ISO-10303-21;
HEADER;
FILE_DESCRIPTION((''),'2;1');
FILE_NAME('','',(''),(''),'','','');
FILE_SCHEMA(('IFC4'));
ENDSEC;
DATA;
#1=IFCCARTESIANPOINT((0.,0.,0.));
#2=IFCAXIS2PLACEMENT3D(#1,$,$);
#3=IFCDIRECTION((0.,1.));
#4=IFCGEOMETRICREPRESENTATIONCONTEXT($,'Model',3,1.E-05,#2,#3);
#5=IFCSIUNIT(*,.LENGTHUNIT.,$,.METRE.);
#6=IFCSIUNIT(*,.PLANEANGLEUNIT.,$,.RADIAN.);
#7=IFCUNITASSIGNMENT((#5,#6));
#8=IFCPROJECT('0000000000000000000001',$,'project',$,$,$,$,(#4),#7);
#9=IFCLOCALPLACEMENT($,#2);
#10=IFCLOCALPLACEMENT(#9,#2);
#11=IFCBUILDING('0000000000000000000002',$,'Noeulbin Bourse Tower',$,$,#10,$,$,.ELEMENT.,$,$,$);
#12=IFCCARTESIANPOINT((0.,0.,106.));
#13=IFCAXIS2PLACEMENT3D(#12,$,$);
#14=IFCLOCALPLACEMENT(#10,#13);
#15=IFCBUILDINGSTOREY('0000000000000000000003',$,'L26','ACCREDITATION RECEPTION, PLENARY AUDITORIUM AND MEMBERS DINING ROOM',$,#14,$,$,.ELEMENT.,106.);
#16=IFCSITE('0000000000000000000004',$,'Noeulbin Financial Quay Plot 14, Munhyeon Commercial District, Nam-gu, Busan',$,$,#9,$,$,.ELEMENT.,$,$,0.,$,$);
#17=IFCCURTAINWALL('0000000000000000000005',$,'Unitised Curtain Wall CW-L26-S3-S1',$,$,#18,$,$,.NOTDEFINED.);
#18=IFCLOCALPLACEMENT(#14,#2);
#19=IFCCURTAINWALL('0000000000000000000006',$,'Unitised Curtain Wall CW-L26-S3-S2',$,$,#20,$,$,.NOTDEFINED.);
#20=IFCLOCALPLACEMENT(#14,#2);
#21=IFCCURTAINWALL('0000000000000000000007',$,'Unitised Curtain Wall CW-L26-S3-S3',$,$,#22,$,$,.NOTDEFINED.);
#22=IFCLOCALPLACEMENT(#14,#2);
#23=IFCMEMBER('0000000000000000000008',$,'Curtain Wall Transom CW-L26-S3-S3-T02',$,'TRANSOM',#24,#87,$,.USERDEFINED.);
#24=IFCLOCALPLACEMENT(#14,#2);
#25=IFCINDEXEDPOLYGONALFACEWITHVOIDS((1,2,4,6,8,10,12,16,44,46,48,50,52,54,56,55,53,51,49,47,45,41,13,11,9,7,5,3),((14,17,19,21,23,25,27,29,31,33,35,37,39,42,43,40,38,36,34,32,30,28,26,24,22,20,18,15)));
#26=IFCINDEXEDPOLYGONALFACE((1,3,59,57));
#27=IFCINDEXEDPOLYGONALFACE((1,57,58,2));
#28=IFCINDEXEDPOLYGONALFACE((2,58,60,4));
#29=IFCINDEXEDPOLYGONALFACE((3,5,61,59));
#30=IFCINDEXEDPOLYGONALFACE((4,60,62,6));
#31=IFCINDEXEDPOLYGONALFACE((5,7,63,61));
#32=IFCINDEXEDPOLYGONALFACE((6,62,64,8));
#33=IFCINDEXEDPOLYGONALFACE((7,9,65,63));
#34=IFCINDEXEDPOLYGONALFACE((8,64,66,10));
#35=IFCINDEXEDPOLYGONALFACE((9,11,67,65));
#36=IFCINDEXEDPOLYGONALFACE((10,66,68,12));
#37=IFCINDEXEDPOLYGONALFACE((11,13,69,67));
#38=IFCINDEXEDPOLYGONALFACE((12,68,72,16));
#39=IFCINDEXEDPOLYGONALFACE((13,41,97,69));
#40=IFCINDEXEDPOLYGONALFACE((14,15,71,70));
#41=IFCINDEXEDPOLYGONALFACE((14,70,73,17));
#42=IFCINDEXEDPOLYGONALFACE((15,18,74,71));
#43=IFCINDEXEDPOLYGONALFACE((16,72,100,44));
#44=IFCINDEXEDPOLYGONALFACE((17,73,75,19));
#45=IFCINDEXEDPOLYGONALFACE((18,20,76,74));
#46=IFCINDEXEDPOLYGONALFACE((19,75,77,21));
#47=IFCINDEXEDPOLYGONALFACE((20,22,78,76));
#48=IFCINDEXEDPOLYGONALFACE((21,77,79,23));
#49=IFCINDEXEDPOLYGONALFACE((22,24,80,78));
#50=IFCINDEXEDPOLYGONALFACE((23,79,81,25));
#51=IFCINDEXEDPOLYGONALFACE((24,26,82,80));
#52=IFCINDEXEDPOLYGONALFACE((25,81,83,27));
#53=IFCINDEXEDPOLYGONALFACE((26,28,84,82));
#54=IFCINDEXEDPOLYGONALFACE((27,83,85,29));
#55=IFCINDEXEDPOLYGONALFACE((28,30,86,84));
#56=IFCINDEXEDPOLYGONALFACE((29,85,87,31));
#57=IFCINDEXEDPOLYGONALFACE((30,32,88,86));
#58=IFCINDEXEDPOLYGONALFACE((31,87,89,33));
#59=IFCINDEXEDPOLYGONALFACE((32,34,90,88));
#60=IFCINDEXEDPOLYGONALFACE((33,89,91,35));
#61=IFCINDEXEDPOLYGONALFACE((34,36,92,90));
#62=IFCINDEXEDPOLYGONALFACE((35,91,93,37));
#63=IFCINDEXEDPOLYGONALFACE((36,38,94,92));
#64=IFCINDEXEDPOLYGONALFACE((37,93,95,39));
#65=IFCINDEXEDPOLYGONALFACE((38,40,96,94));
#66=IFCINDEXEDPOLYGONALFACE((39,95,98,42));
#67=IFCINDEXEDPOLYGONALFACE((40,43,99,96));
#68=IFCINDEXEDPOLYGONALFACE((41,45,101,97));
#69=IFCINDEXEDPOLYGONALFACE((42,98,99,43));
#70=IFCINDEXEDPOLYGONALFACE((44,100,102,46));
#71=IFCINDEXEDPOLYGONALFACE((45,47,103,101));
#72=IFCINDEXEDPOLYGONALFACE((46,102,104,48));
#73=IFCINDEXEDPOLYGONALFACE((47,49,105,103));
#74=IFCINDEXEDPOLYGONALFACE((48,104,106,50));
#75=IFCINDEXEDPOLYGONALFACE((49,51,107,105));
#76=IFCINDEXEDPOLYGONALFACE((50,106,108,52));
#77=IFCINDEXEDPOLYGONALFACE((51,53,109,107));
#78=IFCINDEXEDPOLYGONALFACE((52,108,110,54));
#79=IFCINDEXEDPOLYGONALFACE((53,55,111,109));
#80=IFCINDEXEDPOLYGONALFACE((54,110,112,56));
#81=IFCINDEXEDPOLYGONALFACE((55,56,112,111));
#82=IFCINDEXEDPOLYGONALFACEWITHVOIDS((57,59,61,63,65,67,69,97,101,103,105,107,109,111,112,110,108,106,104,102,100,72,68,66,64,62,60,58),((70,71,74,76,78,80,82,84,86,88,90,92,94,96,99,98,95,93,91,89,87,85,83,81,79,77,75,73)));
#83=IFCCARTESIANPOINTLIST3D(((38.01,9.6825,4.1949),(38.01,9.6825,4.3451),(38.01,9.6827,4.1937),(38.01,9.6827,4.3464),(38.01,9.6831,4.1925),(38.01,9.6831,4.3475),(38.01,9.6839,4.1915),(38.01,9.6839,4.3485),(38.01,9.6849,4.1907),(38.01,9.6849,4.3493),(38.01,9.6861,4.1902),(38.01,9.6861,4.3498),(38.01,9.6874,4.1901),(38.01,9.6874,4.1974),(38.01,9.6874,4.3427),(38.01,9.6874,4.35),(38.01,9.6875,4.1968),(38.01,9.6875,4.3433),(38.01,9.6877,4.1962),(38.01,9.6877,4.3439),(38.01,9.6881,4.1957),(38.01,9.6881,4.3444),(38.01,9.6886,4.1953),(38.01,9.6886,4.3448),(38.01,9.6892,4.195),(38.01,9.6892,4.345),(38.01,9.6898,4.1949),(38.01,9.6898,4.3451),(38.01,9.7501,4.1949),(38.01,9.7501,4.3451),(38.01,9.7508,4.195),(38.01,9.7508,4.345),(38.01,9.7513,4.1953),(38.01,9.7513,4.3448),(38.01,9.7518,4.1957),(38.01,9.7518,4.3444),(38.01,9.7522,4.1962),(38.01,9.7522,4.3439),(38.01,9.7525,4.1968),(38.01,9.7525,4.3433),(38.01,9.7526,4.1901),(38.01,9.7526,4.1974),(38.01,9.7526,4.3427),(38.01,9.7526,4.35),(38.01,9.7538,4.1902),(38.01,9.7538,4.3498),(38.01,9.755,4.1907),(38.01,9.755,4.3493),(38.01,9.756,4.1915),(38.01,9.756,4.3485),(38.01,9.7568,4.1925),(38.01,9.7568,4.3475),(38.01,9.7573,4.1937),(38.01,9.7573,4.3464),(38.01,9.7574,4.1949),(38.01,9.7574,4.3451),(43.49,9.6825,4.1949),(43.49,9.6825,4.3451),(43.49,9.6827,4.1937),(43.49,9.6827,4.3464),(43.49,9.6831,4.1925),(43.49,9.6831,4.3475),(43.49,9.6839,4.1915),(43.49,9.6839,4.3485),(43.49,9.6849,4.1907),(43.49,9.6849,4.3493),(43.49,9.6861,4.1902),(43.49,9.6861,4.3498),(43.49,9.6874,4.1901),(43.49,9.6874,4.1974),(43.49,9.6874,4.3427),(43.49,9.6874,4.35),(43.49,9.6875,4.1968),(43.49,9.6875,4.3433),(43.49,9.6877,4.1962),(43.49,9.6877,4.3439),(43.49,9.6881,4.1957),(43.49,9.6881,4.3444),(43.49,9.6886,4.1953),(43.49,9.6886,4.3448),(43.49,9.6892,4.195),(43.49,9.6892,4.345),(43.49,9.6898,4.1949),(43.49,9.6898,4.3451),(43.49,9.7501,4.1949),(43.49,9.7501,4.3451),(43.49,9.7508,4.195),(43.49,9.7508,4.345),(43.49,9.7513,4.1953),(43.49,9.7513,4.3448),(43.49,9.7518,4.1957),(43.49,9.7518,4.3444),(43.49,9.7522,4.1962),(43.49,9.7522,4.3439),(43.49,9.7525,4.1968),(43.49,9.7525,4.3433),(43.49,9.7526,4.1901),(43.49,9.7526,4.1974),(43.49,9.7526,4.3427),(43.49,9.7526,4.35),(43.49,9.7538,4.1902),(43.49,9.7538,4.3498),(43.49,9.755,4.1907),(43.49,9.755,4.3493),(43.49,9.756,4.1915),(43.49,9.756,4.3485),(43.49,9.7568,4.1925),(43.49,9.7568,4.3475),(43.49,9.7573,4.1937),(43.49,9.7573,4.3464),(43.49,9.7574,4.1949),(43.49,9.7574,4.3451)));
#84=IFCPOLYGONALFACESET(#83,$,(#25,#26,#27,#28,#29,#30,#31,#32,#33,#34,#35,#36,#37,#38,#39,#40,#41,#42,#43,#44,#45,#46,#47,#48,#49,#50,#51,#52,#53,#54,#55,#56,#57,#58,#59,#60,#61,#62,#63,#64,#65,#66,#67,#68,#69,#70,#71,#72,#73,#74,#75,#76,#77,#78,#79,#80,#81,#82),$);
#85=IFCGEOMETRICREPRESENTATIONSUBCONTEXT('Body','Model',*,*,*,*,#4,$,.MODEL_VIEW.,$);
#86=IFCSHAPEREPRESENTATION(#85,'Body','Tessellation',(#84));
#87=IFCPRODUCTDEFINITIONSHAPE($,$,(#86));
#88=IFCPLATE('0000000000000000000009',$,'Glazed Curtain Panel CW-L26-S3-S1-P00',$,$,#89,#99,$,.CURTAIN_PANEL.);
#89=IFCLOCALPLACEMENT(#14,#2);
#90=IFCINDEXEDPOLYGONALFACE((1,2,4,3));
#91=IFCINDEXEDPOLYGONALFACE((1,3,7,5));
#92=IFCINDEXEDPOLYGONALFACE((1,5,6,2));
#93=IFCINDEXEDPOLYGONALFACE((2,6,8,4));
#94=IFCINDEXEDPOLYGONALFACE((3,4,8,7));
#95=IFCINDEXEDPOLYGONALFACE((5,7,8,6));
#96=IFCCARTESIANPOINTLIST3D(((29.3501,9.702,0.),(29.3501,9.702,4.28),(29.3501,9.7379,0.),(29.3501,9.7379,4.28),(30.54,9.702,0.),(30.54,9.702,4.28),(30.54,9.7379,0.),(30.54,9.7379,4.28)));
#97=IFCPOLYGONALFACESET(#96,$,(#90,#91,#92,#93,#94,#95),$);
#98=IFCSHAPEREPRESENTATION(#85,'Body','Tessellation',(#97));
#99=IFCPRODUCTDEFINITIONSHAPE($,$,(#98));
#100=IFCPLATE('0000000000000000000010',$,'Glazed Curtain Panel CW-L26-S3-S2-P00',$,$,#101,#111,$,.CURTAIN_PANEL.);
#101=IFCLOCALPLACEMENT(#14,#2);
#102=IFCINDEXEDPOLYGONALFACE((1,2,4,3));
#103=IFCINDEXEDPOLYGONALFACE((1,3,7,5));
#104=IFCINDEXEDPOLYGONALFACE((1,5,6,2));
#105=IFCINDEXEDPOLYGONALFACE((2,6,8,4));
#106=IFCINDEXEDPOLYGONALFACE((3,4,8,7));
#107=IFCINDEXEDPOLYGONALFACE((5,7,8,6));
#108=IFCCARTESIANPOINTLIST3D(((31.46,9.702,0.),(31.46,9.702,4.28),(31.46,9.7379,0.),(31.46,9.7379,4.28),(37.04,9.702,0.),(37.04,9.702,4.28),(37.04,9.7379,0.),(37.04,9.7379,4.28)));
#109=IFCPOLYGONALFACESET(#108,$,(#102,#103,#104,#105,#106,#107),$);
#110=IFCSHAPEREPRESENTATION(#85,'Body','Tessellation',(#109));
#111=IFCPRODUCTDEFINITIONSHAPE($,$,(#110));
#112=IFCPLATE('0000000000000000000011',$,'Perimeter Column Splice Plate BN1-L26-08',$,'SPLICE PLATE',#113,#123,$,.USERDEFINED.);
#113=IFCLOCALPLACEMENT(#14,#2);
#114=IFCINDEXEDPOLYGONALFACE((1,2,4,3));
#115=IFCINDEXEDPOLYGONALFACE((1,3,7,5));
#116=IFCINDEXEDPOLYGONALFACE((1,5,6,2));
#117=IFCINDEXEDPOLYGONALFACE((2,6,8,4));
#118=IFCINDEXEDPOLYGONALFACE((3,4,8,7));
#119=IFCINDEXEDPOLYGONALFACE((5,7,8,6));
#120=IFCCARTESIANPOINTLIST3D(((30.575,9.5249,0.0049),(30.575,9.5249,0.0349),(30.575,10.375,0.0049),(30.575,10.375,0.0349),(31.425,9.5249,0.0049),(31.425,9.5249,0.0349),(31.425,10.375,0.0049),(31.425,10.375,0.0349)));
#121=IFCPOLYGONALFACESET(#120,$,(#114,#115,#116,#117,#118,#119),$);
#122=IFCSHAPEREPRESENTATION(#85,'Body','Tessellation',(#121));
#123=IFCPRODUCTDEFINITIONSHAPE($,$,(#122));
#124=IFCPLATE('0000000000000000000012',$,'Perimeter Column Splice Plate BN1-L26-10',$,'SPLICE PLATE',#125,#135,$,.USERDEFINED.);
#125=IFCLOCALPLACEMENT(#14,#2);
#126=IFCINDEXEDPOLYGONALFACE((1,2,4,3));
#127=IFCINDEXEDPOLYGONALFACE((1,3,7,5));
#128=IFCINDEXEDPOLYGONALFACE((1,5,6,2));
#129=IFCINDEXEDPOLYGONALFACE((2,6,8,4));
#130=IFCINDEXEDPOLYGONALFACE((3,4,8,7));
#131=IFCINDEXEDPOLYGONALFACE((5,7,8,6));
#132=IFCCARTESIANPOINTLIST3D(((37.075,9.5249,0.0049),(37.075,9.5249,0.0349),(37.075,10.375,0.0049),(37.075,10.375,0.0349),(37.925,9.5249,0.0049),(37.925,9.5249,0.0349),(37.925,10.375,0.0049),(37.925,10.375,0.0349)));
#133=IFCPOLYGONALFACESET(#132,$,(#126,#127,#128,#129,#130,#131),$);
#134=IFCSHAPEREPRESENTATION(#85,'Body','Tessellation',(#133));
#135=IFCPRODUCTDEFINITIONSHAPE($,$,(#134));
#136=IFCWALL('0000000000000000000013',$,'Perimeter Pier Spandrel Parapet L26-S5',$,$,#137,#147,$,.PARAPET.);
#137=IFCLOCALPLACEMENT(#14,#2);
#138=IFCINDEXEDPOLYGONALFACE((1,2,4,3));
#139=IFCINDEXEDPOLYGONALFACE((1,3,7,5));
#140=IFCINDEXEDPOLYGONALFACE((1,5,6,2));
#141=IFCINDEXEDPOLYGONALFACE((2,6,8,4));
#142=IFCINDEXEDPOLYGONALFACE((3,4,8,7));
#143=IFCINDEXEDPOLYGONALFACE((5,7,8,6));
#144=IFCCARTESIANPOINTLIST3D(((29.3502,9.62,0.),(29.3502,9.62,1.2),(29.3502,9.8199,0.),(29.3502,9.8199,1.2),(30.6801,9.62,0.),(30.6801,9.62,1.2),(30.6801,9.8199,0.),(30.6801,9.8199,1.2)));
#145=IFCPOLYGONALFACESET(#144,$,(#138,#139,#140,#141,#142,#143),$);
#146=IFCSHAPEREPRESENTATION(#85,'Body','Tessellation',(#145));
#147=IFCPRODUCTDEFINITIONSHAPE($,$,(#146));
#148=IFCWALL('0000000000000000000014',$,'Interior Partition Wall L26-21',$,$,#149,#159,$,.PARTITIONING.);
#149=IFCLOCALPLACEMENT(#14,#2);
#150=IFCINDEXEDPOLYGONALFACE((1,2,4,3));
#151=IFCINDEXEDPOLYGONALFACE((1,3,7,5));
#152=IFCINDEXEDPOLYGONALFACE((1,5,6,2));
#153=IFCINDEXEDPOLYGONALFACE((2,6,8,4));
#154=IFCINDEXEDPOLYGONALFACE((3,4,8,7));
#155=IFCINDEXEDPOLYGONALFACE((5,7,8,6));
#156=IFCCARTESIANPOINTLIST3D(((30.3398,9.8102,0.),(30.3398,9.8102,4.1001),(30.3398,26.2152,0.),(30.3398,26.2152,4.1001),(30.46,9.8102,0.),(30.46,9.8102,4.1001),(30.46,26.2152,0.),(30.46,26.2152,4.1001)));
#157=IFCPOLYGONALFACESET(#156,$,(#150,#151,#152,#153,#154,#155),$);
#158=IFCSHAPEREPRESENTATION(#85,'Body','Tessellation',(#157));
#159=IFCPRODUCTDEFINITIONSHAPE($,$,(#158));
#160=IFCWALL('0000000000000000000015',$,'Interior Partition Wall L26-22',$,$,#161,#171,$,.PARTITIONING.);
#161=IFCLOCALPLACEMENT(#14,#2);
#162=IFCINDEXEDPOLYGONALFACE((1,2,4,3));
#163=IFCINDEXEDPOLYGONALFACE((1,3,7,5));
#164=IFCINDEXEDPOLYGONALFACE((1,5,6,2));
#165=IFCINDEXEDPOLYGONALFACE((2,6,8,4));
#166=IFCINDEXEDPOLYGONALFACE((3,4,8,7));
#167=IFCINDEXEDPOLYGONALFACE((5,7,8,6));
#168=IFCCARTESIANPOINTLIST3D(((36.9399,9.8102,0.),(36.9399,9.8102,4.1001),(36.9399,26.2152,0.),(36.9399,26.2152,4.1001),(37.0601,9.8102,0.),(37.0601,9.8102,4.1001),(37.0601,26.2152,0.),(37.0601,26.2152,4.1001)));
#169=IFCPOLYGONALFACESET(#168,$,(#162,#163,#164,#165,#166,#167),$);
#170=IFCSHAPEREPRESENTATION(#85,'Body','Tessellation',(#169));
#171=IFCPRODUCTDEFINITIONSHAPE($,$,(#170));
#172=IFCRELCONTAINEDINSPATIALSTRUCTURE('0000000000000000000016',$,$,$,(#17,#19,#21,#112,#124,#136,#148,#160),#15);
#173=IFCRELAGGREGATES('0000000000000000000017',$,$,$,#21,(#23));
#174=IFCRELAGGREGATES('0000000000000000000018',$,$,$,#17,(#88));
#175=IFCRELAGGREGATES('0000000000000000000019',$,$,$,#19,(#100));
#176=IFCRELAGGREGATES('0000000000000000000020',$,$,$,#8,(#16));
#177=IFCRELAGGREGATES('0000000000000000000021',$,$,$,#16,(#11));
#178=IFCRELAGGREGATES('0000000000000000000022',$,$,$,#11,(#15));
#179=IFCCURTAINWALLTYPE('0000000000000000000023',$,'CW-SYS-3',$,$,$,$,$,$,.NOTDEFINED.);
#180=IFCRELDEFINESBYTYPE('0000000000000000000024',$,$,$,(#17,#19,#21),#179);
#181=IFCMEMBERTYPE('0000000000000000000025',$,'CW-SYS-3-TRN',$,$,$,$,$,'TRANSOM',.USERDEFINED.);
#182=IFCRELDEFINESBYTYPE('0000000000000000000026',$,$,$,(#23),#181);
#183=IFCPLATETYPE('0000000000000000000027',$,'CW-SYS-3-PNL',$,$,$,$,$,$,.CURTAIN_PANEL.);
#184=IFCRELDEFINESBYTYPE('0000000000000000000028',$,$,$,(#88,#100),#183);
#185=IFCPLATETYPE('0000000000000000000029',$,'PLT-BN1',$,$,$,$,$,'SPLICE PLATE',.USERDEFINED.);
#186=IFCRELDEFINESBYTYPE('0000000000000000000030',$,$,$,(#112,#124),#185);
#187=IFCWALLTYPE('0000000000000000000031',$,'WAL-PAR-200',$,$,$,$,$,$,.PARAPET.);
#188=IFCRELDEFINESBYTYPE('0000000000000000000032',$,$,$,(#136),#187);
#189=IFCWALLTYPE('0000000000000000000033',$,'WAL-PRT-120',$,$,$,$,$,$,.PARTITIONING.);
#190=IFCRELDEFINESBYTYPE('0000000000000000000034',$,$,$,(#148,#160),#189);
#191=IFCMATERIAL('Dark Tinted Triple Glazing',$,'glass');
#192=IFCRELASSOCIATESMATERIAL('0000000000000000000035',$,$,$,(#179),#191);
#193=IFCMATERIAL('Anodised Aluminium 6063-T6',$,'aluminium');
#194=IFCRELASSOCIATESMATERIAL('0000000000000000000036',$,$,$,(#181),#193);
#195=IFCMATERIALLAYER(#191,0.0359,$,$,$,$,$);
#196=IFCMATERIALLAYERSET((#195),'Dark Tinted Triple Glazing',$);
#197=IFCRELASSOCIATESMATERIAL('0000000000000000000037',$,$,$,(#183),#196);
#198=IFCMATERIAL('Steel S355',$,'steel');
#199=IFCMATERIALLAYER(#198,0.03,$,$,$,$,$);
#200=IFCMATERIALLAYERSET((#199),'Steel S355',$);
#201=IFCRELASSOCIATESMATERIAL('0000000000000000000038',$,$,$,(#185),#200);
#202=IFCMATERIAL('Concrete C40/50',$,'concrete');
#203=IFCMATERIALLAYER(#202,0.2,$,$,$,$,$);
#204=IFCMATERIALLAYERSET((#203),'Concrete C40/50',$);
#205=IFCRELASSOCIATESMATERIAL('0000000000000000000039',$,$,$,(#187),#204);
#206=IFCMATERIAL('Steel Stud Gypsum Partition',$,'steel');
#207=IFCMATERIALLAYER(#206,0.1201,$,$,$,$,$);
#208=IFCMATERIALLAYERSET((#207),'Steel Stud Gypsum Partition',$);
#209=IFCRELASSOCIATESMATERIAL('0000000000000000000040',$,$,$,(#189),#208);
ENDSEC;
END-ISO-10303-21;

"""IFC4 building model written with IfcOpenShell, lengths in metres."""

from ifc_helpers import new_model, si_unit, direction, frame, frame_2d, origin, origin_2d, place, context, subcontext, project, spatial, rectangle, hollow_rectangle, extrude, material, layer, layer_set, material_profile, profile_set, type_object, element, aggregate, save


model = new_model("IFC4")

# Units and contexts
model_context = context("Model", 3, precision=1e-05, world=origin(), true_north=direction((0.0, 1.0)))
body_context = subcontext(model_context, "Body", "Model", "MODEL_VIEW")
ifc_project = project(units=[si_unit("LENGTHUNIT", "METRE"), si_unit("PLANEANGLEUNIT", "RADIAN")], contexts=[model_context])

# Site, building, storey
site_placement = place(None, origin())
site = spatial("IfcSite", under=ifc_project, at=site_placement, Name="Noeulbin Financial Quay Plot 14, Munhyeon Commercial District, Nam-gu, Busan", CompositionType="ELEMENT", RefElevation=0.0)
building_placement = place(site_placement, origin())
building = spatial("IfcBuilding", under=site, at=building_placement, Name="Noeulbin Bourse Tower", CompositionType="ELEMENT")
storey_placement = place(building_placement, frame((0.0, 0.0, 106.0)))
storey = spatial("IfcBuildingStorey", under=building, at=storey_placement, Name="L26", Description="ACCREDITATION RECEPTION, PLENARY AUDITORIUM AND MEMBERS DINING ROOM", CompositionType="ELEMENT", Elevation=106.0)

# Shared definitions
ifc_material_1 = material(Name="Steel S355", Category="steel")

# Curtain walls
ifc_material_2 = material(Name="Dark Tinted Triple Glazing", Category="glass")
curtain_wall_type = type_object("IfcCurtainWallType", Name="CW-SYS-3", PredefinedType="NOTDEFINED", material=ifc_material_2)
curtain_wall_1_placement = place(storey_placement, origin())
curtain_wall_1 = element("IfcCurtainWall", 1, at=curtain_wall_1_placement, inside=storey, type_object=curtain_wall_type, Name="Unitised Curtain Wall CW-L26-S3-S1", PredefinedType="NOTDEFINED")
ifc_material_3 = material(Name="Anodised Aluminium 6063-T6", Category="aluminium")
curtain_wall_2_placement = place(storey_placement, origin())
curtain_wall_2 = element("IfcCurtainWall", 2, at=curtain_wall_2_placement, inside=storey, type_object=curtain_wall_type, Name="Unitised Curtain Wall CW-L26-S3-S2", PredefinedType="NOTDEFINED")

# Curtain wall
curtain_wall_3_placement = place(storey_placement, origin())
curtain_wall_3 = element("IfcCurtainWall", 3, at=curtain_wall_3_placement, inside=storey, type_object=curtain_wall_type, Name="Unitised Curtain Wall CW-L26-S3-S3", PredefinedType="NOTDEFINED")

# Member
ifc_material_profile_1 = material_profile(ifc_material_3, hollow_rectangle(XDim=0.075, YDim=0.1599, WallThickness=0.0049, InnerFilletRadius=0.0024, OuterFilletRadius=0.0049, at=origin_2d()), Name="ALU-TRAN-75x160x5", Category="LoadBearing")
ifc_profile_set_1 = profile_set([ifc_material_profile_1], Name="Anodised Aluminium 6063-T6")
member_type_1 = type_object("IfcMemberType", Name="CW-SYS-3-TRN", ElementType="TRANSOM", PredefinedType="USERDEFINED", material=ifc_profile_set_1)
member_1_placement = place(storey_placement, frame((38.01, 9.72, 4.27), z_axis=(1.0, 0.0, 0.0), x_axis=(0.0, 1.0, 0.0)))
member_1 = element("IfcMember", 4, at=member_1_placement, type_object=member_type_1, Name="Curtain Wall Transom CW-L26-S3-S3-T02", ObjectType="TRANSOM", PredefinedType="USERDEFINED", context=body_context, shape_type="SweptSolid", body=[
    extrude(hollow_rectangle(XDim=0.075, YDim=0.1599, WallThickness=0.0049, InnerFilletRadius=0.0024, OuterFilletRadius=0.0049, at=origin_2d()), origin(), (0.0, 0.0, 1.0), 5.48),
])
aggregate(curtain_wall_3, [member_1])

# Plates
ifc_layer_1 = layer(ifc_material_2, 0.0359)
ifc_layer_set_1 = layer_set([ifc_layer_1], Name="Dark Tinted Triple Glazing")
plate_type_1 = type_object("IfcPlateType", Name="CW-SYS-3-PNL", PredefinedType="CURTAIN_PANEL", material=ifc_layer_set_1)
plate_1_placement = place(storey_placement, frame((29.9451, 9.72, 0.0), z_axis=(0.0, 0.0, 1.0), x_axis=(1.0, 0.0, 0.0)))
plate_1 = element("IfcPlate", 5, at=plate_1_placement, type_object=plate_type_1, Name="Glazed Curtain Panel CW-L26-S3-S1-P00", PredefinedType="CURTAIN_PANEL", context=body_context, shape_type="SweptSolid", body=[
    extrude(rectangle(XDim=1.1899, YDim=0.0359, at=origin_2d()), origin(), (0.0, 0.0, 1.0), 4.28),
])
aggregate(curtain_wall_1, [plate_1])
plate_2_placement = place(storey_placement, frame((34.25, 9.72, 0.0), z_axis=(0.0, 0.0, 1.0), x_axis=(1.0, 0.0, 0.0)))
plate_2 = element("IfcPlate", 6, at=plate_2_placement, type_object=plate_type_1, Name="Glazed Curtain Panel CW-L26-S3-S2-P00", PredefinedType="CURTAIN_PANEL", context=body_context, shape_type="SweptSolid", body=[
    extrude(rectangle(XDim=5.5801, YDim=0.0359, at=origin_2d()), origin(), (0.0, 0.0, 1.0), 4.28),
])
aggregate(curtain_wall_2, [plate_2])

# Plates
ifc_layer_2 = layer(ifc_material_1, 0.03)
ifc_layer_set_2 = layer_set([ifc_layer_2], Name="Steel S355")
plate_type_2 = type_object("IfcPlateType", Name="PLT-BN1", ElementType="SPLICE PLATE", PredefinedType="USERDEFINED", material=ifc_layer_set_2)
for number, where, z_axis, x_axis, name in (
    (7, (31.0, 9.95, 0.0049), (0.0, 0.0, 1.0), (1.0, 0.0, 0.0), "Perimeter Column Splice Plate BN1-L26-08"),
    (8, (37.5, 9.95, 0.0049), (0.0, 0.0, 1.0), (1.0, 0.0, 0.0), "Perimeter Column Splice Plate BN1-L26-10"),
):
    element("IfcPlate", number, at=place(storey_placement, frame(where, z_axis=z_axis, x_axis=x_axis)), inside=storey, type_object=plate_type_2, Name=name, ObjectType="SPLICE PLATE", PredefinedType="USERDEFINED", context=body_context, shape_type="SweptSolid", body=[
        extrude(rectangle(XDim=0.8501, YDim=0.8501, at=origin_2d()), origin(), (0.0, 0.0, 1.0), 0.03),
    ])

# Walls
ifc_material_4 = material(Name="Concrete C40/50", Category="concrete")
ifc_layer_3 = layer(ifc_material_4, 0.2)
ifc_layer_set_3 = layer_set([ifc_layer_3], Name="Concrete C40/50")
wall_type_1 = type_object("IfcWallType", Name="WAL-PAR-200", PredefinedType="PARAPET", material=ifc_layer_set_3)
wall_placement = place(storey_placement, frame((29.3501, 9.72, 0.0), z_axis=(0.0, 0.0, 1.0), x_axis=(1.0, 0.0, 0.0)))
element("IfcWall", 9, at=wall_placement, inside=storey, type_object=wall_type_1, Name="Perimeter Pier Spandrel Parapet L26-S5", PredefinedType="PARAPET", context=body_context, shape_type="SweptSolid", body=[
    extrude(rectangle(XDim=1.3298, YDim=0.2, at=frame_2d((0.665, 0.0))), origin(), (0.0, 0.0, 1.0), 1.2),
])
ifc_material_5 = material(Name="Steel Stud Gypsum Partition", Category="steel")
ifc_layer_4 = layer(ifc_material_5, 0.1201)
ifc_layer_set_4 = layer_set([ifc_layer_4], Name="Steel Stud Gypsum Partition")
wall_type_2 = type_object("IfcWallType", Name="WAL-PRT-120", PredefinedType="PARTITIONING", material=ifc_layer_set_4)
for number, where, z_axis, x_axis, name in (
    (10, (30.3999, 9.8101, 0.0), (0.0, 0.0, 1.0), (0.0, 1.0, 0.0), "Interior Partition Wall L26-21"),
    (11, (37.0, 9.8101, 0.0), (0.0, 0.0, 1.0), (0.0, 1.0, 0.0), "Interior Partition Wall L26-22"),
):
    element("IfcWall", number, at=place(storey_placement, frame(where, z_axis=z_axis, x_axis=x_axis)), inside=storey, type_object=wall_type_2, Name=name, PredefinedType="PARTITIONING", context=body_context, shape_type="SweptSolid", body=[
        extrude(rectangle(XDim=16.405, YDim=0.1201, at=frame_2d((8.2026, 0.0))), origin(), (0.0, 0.0, 1.0), 4.1001),
    ])

save(model, "model.ifc")
